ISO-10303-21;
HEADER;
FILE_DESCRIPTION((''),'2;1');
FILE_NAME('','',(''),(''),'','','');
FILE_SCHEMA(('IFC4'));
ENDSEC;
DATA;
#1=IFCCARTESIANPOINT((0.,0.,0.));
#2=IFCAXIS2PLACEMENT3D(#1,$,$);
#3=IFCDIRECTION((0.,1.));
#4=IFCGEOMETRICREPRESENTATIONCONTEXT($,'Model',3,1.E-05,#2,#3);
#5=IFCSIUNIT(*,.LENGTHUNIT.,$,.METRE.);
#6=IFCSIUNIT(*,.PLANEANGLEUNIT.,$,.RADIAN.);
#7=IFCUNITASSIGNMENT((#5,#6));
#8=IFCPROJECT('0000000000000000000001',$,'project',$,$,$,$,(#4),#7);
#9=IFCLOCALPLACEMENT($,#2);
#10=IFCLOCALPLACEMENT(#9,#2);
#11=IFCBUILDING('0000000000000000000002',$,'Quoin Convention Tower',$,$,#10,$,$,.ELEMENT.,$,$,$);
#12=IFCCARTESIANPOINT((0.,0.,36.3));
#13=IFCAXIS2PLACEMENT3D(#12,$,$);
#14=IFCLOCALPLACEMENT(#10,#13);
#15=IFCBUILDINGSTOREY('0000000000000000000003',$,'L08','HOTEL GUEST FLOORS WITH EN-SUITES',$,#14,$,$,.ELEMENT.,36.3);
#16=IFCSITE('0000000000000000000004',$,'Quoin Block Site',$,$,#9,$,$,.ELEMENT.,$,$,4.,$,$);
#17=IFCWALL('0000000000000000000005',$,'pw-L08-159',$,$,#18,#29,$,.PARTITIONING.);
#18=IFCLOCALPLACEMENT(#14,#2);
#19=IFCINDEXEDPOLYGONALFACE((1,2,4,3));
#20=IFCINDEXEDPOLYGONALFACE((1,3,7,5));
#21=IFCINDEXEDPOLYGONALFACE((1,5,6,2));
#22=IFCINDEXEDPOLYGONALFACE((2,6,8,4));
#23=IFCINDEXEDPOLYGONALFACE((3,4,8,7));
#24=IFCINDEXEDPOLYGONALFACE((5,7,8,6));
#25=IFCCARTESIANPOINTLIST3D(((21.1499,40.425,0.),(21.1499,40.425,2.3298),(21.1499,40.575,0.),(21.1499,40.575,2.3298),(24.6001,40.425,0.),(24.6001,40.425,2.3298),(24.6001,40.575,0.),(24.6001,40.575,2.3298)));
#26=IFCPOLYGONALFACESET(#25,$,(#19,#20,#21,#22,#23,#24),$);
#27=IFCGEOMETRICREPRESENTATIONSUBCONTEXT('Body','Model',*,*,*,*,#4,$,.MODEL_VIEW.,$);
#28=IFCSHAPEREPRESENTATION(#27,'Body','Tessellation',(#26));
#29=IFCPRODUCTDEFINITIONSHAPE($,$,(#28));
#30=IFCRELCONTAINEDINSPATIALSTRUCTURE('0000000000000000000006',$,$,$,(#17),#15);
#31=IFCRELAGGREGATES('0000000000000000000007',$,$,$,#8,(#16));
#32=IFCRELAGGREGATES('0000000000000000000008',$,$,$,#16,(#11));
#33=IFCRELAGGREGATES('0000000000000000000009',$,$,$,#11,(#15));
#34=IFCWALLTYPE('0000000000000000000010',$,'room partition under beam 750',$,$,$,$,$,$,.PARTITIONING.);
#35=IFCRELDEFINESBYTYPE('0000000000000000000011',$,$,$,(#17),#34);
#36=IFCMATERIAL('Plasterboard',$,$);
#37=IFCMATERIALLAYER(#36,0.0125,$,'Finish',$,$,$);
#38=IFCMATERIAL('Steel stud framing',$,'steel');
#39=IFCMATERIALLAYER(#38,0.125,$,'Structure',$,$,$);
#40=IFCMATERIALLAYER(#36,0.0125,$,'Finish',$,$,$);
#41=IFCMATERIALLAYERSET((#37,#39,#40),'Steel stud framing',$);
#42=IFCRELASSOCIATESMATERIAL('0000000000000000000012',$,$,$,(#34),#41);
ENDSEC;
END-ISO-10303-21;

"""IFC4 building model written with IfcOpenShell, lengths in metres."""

from ifc_helpers import new_model, si_unit, direction, frame, frame_2d, origin, place, context, subcontext, project, spatial, rectangle, extrude, material, layer, layer_set, type_object, element, save


model = new_model("IFC4")

# Units and contexts
model_context = context("Model", 3, precision=1e-05, world=origin(), true_north=direction((0.0, 1.0)))
body_context = subcontext(model_context, "Body", "Model", "MODEL_VIEW")
ifc_project = project(units=[si_unit("LENGTHUNIT", "METRE"), si_unit("PLANEANGLEUNIT", "RADIAN")], contexts=[model_context])

# Site, building, storey
site_placement = place(None, origin())
site = spatial("IfcSite", under=ifc_project, at=site_placement, Name="Quoin Block Site", CompositionType="ELEMENT", RefElevation=4.0)
building_placement = place(site_placement, origin())
building = spatial("IfcBuilding", under=site, at=building_placement, Name="Quoin Convention Tower", CompositionType="ELEMENT")
storey_placement = place(building_placement, frame((0.0, 0.0, 36.3)))
storey = spatial("IfcBuildingStorey", under=building, at=storey_placement, Name="L08", Description="HOTEL GUEST FLOORS WITH EN-SUITES", CompositionType="ELEMENT", Elevation=36.3)

# Shared definitions
ifc_material_1 = material(Name="Plasterboard")
ifc_material_2 = material(Name="Steel stud framing", Category="steel")

# Wall
ifc_layer_1 = layer(ifc_material_1, 0.0125, Name="Finish")
ifc_layer_2 = layer(ifc_material_2, 0.125, Name="Structure")
ifc_layer_3 = layer(ifc_material_1, 0.0125, Name="Finish")
ifc_layer_set_1 = layer_set([ifc_layer_1, ifc_layer_2, ifc_layer_3], Name="Steel stud framing")
wall_type_1 = type_object("IfcWallType", Name="room partition under beam 750", PredefinedType="PARTITIONING", material=ifc_layer_set_1)
wall_1_placement = place(storey_placement, frame((21.1499, 40.5, 0.0), z_axis=(0.0, 0.0, 1.0), x_axis=(1.0, 0.0, 0.0)))
element("IfcWall", 1, at=wall_1_placement, inside=storey, type_object=wall_type_1, Name="pw-L08-159", PredefinedType="PARTITIONING", context=body_context, shape_type="SweptSolid", body=[
    extrude(rectangle(XDim=3.4502, YDim=0.1499, at=frame_2d((1.7251, 0.0))), origin(), (0.0, 0.0, 1.0), 2.3298),
])

save(model, "model.ifc")
